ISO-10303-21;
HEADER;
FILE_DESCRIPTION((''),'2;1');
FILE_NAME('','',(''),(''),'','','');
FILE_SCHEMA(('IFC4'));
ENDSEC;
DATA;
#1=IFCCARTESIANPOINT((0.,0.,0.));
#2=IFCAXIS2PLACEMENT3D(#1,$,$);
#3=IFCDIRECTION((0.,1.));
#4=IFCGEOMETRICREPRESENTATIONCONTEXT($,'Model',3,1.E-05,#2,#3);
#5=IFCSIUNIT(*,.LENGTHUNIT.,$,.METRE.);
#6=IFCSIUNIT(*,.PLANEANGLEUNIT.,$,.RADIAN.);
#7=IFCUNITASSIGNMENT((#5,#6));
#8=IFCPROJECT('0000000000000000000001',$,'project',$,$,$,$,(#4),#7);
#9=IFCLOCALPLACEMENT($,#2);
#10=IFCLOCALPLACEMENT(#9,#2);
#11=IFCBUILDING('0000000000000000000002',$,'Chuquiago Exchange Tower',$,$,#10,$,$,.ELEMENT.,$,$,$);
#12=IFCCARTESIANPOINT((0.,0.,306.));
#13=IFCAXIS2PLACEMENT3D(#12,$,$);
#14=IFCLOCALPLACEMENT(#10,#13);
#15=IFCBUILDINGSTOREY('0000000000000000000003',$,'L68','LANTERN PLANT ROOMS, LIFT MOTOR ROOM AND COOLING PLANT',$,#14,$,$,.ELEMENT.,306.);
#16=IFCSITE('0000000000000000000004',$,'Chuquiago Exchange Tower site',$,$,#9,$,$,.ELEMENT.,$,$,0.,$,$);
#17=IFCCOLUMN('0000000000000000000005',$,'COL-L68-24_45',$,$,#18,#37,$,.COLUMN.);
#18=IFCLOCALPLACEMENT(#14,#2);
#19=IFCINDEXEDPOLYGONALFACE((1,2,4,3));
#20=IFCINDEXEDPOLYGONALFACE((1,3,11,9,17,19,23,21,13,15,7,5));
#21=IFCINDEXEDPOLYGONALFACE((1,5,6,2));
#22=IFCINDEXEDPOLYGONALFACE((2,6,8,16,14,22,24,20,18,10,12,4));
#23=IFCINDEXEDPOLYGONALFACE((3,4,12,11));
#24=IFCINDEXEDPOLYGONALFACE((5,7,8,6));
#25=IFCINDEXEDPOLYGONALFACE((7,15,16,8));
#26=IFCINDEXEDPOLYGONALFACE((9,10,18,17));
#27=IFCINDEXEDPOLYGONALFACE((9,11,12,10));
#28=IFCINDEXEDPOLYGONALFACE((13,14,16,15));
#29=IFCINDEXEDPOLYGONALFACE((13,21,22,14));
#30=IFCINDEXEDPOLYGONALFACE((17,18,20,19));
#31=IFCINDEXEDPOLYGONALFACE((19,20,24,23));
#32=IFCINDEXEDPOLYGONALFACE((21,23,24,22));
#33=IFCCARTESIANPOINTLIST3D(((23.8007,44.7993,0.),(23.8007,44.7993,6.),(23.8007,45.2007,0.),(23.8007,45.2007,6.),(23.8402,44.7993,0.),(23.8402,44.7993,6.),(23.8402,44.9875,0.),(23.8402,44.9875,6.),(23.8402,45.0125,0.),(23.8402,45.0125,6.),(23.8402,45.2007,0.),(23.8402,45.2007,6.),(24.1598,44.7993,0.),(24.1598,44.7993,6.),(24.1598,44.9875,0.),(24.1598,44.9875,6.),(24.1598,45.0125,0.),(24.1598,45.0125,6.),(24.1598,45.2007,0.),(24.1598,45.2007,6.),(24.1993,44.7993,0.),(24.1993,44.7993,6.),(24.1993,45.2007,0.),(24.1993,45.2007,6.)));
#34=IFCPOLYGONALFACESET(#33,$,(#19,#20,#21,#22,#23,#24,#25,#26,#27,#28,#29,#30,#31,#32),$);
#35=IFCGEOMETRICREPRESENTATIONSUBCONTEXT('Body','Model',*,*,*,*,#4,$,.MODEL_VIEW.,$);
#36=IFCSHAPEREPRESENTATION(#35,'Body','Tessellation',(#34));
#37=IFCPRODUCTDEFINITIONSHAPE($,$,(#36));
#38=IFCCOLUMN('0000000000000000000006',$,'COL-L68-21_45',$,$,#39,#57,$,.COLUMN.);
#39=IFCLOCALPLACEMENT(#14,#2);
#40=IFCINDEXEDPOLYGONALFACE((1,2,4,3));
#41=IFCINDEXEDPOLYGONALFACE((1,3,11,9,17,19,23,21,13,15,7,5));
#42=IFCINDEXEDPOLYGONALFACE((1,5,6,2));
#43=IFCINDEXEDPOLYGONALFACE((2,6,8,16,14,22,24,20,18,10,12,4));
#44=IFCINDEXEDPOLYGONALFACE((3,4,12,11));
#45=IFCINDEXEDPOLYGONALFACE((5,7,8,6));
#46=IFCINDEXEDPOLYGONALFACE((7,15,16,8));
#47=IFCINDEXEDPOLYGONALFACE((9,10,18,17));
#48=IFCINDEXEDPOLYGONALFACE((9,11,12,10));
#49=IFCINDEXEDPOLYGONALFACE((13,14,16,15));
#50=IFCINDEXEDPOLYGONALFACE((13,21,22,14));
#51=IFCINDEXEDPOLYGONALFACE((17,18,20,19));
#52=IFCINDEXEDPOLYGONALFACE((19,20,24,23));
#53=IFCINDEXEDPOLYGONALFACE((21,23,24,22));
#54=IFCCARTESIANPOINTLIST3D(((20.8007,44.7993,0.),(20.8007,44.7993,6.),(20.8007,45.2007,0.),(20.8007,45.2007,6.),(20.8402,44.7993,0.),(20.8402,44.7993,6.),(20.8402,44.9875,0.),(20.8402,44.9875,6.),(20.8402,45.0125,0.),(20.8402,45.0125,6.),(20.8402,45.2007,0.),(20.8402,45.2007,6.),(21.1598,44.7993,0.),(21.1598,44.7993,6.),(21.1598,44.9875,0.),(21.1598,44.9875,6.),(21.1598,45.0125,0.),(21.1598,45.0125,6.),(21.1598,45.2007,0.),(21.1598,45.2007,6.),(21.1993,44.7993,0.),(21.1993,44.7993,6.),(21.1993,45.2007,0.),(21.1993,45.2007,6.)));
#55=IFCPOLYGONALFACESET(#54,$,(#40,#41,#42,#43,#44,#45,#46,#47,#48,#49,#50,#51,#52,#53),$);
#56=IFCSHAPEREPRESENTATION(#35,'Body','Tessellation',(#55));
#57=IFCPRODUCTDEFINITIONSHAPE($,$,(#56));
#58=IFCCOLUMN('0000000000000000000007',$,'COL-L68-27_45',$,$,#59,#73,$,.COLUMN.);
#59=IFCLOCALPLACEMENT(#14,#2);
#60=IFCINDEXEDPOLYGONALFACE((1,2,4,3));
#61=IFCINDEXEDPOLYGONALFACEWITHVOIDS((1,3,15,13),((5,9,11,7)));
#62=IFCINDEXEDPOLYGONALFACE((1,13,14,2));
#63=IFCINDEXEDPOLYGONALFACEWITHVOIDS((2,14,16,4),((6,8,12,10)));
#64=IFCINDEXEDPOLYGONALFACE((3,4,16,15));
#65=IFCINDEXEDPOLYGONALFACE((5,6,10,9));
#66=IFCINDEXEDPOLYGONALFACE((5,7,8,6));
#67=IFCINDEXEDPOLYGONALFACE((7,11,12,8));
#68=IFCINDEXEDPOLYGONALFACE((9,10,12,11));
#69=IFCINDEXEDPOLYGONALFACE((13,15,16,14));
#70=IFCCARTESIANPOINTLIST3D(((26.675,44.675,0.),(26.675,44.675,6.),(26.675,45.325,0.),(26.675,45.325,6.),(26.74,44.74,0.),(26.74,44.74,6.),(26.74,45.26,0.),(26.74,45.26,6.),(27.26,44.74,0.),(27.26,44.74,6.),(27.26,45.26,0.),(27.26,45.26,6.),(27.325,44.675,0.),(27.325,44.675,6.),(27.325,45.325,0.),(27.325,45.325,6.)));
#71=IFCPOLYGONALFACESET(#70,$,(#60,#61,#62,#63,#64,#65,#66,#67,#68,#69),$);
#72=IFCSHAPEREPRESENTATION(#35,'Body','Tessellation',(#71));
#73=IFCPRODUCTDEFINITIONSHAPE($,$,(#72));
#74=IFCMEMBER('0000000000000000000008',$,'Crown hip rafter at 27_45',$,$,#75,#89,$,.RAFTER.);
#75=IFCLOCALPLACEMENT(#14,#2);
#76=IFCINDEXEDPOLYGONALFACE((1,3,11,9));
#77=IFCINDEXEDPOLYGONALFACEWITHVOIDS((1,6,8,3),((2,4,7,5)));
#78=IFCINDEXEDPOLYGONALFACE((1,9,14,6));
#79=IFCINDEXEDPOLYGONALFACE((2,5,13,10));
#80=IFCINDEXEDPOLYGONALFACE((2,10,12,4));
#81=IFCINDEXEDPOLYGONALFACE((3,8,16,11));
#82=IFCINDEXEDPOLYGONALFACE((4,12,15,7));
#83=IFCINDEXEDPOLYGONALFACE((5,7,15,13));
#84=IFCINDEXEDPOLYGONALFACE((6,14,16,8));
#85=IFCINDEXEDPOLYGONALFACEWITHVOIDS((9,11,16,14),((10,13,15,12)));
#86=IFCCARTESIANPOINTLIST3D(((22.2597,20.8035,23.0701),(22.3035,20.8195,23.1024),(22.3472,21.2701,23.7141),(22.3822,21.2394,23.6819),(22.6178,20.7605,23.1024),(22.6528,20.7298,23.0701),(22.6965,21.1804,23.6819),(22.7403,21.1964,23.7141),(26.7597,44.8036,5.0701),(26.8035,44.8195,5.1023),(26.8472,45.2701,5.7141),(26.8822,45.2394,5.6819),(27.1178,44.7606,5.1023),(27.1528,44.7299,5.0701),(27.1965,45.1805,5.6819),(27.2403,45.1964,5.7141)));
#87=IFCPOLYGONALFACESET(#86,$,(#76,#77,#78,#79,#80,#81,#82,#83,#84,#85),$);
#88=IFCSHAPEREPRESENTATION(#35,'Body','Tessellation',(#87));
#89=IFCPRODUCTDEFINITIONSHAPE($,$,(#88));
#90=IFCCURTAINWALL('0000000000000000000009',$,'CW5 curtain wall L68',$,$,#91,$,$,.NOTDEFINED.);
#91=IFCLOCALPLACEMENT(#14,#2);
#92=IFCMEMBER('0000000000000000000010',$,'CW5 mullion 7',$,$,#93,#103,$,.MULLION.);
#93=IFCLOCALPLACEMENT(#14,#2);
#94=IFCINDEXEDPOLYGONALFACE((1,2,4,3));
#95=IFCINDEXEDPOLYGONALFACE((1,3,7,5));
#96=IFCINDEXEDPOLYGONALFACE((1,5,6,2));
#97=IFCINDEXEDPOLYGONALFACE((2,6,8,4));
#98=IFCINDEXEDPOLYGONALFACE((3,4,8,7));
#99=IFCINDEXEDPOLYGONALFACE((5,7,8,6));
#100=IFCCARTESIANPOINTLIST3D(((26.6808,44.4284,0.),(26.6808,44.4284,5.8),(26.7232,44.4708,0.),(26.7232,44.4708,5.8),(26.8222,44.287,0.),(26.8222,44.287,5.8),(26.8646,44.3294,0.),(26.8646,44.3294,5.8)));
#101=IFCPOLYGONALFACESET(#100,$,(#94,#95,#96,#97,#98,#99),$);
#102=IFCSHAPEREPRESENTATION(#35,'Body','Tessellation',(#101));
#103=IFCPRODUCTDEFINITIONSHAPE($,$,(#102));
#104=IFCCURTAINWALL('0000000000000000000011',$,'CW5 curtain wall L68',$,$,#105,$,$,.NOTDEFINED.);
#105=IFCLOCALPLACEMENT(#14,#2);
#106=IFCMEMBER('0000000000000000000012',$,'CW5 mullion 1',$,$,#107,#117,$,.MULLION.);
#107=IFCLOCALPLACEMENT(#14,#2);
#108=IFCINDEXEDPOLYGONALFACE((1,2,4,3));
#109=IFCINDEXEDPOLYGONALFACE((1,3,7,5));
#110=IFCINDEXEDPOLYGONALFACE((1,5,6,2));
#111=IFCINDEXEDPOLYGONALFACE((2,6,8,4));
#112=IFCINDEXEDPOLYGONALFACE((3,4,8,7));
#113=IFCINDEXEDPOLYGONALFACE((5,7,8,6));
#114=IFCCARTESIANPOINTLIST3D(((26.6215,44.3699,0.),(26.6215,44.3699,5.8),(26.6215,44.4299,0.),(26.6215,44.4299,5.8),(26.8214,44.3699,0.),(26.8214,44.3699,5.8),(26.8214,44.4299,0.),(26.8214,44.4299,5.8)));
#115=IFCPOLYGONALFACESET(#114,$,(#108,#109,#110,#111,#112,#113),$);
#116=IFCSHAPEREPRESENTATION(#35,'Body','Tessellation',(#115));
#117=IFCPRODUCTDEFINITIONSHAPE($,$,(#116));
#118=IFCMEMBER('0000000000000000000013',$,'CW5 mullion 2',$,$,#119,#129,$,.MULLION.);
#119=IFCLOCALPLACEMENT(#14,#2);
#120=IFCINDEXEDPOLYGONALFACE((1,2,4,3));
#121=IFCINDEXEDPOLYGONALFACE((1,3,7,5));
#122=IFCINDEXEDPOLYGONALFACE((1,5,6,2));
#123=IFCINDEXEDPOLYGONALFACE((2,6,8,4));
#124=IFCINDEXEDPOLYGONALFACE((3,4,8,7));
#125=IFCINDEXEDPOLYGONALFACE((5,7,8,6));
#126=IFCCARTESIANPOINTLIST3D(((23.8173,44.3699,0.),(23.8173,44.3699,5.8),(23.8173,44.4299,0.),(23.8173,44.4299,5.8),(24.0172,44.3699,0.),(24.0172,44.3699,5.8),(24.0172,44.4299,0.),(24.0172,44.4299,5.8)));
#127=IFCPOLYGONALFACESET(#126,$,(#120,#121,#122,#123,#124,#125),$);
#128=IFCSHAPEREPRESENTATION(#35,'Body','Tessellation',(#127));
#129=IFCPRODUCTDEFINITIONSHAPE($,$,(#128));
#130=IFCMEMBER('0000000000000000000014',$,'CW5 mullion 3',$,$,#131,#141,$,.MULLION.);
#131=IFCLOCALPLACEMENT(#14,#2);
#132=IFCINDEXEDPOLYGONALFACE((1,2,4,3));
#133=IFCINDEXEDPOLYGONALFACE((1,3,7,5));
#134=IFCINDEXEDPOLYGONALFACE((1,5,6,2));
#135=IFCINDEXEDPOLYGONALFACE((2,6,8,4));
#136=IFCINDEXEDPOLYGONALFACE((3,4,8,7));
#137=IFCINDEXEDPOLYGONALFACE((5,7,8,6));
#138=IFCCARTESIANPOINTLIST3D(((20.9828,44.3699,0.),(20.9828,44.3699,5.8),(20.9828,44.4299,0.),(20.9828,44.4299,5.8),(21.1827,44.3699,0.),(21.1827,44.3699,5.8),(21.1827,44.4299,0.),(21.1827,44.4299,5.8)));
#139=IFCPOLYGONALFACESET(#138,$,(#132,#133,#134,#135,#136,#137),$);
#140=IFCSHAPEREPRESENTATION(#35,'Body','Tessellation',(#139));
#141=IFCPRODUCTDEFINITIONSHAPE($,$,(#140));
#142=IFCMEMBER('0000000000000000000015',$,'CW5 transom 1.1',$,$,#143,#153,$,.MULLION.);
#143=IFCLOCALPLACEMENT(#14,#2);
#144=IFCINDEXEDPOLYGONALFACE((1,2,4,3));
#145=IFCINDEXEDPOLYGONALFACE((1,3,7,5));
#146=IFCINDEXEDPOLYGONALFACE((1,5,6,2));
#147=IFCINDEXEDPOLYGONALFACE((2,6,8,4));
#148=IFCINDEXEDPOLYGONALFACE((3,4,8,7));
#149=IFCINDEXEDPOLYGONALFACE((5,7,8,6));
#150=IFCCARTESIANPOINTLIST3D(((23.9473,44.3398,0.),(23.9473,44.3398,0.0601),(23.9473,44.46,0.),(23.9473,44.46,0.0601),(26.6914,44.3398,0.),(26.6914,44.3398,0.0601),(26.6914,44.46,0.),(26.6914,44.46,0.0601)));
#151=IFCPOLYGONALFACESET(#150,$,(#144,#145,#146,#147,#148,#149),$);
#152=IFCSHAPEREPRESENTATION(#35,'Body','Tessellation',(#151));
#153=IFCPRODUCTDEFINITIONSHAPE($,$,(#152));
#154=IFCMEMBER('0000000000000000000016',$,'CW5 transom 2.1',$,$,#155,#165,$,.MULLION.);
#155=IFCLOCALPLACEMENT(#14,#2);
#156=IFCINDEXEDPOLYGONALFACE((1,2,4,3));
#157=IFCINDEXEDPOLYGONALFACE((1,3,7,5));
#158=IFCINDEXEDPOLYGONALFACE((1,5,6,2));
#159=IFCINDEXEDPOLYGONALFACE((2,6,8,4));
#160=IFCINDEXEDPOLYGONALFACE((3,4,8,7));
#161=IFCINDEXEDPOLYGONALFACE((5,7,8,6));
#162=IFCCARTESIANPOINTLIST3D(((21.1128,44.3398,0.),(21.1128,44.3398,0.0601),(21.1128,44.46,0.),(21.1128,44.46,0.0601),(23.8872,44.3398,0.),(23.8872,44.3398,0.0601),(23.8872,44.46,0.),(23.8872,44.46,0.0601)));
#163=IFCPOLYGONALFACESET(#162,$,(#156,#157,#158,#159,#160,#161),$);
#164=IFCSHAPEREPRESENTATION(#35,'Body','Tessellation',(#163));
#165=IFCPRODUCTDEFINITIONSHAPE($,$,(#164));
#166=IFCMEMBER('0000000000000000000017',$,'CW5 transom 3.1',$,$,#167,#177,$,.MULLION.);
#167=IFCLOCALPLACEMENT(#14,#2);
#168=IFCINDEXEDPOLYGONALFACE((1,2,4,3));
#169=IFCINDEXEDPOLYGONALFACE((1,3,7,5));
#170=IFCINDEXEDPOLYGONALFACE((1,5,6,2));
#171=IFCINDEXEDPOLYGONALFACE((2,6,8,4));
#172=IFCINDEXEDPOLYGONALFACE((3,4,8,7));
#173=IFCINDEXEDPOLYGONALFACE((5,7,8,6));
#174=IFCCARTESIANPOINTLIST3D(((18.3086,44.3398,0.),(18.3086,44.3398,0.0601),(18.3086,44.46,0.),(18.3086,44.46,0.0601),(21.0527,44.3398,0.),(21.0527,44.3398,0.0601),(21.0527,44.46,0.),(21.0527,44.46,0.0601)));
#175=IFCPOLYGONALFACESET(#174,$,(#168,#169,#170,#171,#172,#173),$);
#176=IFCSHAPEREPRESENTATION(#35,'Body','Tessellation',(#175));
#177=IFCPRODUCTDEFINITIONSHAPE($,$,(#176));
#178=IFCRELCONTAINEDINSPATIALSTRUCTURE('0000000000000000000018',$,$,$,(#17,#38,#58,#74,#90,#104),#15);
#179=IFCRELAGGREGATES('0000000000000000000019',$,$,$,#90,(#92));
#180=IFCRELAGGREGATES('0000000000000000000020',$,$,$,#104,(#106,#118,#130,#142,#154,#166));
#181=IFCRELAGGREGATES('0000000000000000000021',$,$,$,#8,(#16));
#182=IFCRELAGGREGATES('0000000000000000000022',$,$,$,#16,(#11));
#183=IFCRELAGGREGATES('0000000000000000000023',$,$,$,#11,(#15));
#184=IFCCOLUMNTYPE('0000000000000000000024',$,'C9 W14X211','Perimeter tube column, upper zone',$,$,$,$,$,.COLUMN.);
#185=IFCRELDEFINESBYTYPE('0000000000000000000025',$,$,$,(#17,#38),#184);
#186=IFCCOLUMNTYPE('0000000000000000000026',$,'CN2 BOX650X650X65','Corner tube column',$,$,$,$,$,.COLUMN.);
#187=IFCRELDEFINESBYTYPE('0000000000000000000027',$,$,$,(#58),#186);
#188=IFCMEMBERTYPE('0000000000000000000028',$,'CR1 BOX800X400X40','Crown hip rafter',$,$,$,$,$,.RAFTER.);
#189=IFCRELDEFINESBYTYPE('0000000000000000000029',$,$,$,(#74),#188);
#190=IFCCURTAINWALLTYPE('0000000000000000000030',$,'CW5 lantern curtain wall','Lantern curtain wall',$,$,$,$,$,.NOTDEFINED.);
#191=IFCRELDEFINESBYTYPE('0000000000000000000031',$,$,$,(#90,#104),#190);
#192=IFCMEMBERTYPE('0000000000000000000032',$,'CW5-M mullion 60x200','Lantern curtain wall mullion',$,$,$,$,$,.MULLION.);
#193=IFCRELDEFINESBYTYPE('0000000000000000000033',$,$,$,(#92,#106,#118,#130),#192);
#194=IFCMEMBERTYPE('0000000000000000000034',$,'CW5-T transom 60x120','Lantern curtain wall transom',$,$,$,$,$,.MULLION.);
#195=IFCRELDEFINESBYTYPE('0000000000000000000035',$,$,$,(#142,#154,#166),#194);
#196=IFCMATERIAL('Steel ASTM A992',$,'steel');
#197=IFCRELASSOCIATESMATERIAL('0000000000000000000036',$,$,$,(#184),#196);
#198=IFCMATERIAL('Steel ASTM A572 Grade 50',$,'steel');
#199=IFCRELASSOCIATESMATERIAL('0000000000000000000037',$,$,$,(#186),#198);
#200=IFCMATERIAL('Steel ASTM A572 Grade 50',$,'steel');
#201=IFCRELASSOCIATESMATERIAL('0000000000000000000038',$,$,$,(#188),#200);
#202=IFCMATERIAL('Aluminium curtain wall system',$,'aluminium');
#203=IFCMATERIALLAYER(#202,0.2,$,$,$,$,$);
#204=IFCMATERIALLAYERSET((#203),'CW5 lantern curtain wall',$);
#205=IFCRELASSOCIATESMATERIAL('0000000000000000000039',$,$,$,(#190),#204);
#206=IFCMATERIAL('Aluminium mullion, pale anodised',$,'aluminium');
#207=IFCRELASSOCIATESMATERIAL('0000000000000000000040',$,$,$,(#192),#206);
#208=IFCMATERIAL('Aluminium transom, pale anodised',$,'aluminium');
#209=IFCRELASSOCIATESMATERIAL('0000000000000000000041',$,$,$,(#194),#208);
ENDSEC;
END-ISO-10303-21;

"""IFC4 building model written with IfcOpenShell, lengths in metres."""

from ifc_helpers import new_model, si_unit, direction, frame, origin, origin_2d, place, context, subcontext, project, spatial, rectangle, hollow_rectangle, i_section, extrude, material, layer, layer_set, material_profile, profile_set, type_object, element, aggregate, save


model = new_model("IFC4")

# Units and contexts
model_context = context("Model", 3, precision=1e-05, world=origin(), true_north=direction((0.0, 1.0)))
body_context = subcontext(model_context, "Body", "Model", "MODEL_VIEW")
ifc_project = project(units=[si_unit("LENGTHUNIT", "METRE"), si_unit("PLANEANGLEUNIT", "RADIAN")], contexts=[model_context])

# Site, building, storey
site_placement = place(None, origin())
site = spatial("IfcSite", under=ifc_project, at=site_placement, Name="Chuquiago Exchange Tower site", CompositionType="ELEMENT", RefElevation=0.0)
building_placement = place(site_placement, origin())
building = spatial("IfcBuilding", under=site, at=building_placement, Name="Chuquiago Exchange Tower", CompositionType="ELEMENT")
storey_placement = place(building_placement, frame((0.0, 0.0, 306.0)))
storey = spatial("IfcBuildingStorey", under=building, at=storey_placement, Name="L68", Description="LANTERN PLANT ROOMS, LIFT MOTOR ROOM AND COOLING PLANT", CompositionType="ELEMENT", Elevation=306.0)

# Columns
ifc_material_1 = material(Name="Steel ASTM A992", Category="steel")
ifc_material_profile_1 = material_profile(ifc_material_1, i_section(OverallWidth=0.4014, OverallDepth=0.3987, WebThickness=0.0249, FlangeThickness=0.0396, at=origin_2d()), Name="W14X211")
ifc_profile_set_1 = profile_set([ifc_material_profile_1], Name="Steel ASTM A992")
column_type_1 = type_object("IfcColumnType", Name="C9 W14X211", Description="Perimeter tube column, upper zone", PredefinedType="COLUMN", material=ifc_profile_set_1)
for number, where, z_axis, x_axis, name in (
    (1, (24.0, 45.0, 0.0), (0.0, 0.0, 1.0), (0.0, 1.0, 0.0), "COL-L68-24_45"),
    (2, (21.0, 45.0, 0.0), (0.0, 0.0, 1.0), (0.0, 1.0, 0.0), "COL-L68-21_45"),
):
    element("IfcColumn", number, at=place(storey_placement, frame(where, z_axis=z_axis, x_axis=x_axis)), inside=storey, type_object=column_type_1, Name=name, PredefinedType="COLUMN", context=body_context, shape_type="SweptSolid", body=[
        extrude(i_section(OverallWidth=0.4014, OverallDepth=0.3987, WebThickness=0.0249, FlangeThickness=0.0396, at=origin_2d()), origin(), (0.0, 0.0, 1.0), 6.0),
    ])
ifc_material_2 = material(Name="Steel ASTM A572 Grade 50", Category="steel")
ifc_material_profile_2 = material_profile(ifc_material_2, hollow_rectangle(XDim=0.6499, YDim=0.6499, WallThickness=0.0649, at=origin_2d()), Name="BOX650X650X65")
ifc_profile_set_2 = profile_set([ifc_material_profile_2], Name="Steel ASTM A572 Grade 50")
column_type_2 = type_object("IfcColumnType", Name="CN2 BOX650X650X65", Description="Corner tube column", PredefinedType="COLUMN", material=ifc_profile_set_2)
column_placement = place(storey_placement, frame((27.0, 45.0, 0.0), z_axis=(0.0, 0.0, 1.0), x_axis=(0.0, 1.0, 0.0)))
element("IfcColumn", 3, at=column_placement, inside=storey, type_object=column_type_2, Name="COL-L68-27_45", PredefinedType="COLUMN", context=body_context, shape_type="SweptSolid", body=[
    extrude(hollow_rectangle(XDim=0.6499, YDim=0.6499, WallThickness=0.0649, at=origin_2d()), origin(), (0.0, 0.0, 1.0), 6.0),
])

# Member
ifc_material_3 = material(Name="Steel ASTM A572 Grade 50", Category="steel")
ifc_material_profile_3 = material_profile(ifc_material_3, hollow_rectangle(XDim=0.3999, YDim=0.8, WallThickness=0.04, at=origin_2d()), Name="BOX800X400X40")
ifc_profile_set_3 = profile_set([ifc_material_profile_3], Name="Steel ASTM A572 Grade 50")
member_type_1 = type_object("IfcMemberType", Name="CR1 BOX800X400X40", Description="Crown hip rafter", PredefinedType="RAFTER", material=ifc_profile_set_3)
member_1_placement = place(storey_placement, frame((27.0, 45.0, 5.3921), z_axis=(-0.14834, -0.791149, 0.593362), x_axis=(0.982872, -0.184289, 0.0)))
element("IfcMember", 4, at=member_1_placement, inside=storey, type_object=member_type_1, Name="Crown hip rafter at 27_45", PredefinedType="RAFTER", context=body_context, shape_type="SweptSolid", body=[
    extrude(hollow_rectangle(XDim=0.3999, YDim=0.8, WallThickness=0.04, at=origin_2d()), origin(), (0.0, 0.0, 1.0), 30.3357),
])

# Curtain wall, member
ifc_material_4 = material(Name="Aluminium curtain wall system", Category="aluminium")
ifc_layer_1 = layer(ifc_material_4, 0.2)
ifc_layer_set_1 = layer_set([ifc_layer_1], Name="CW5 lantern curtain wall")
curtain_wall_type = type_object("IfcCurtainWallType", Name="CW5 lantern curtain wall", Description="Lantern curtain wall", PredefinedType="NOTDEFINED", material=ifc_layer_set_1)
curtain_wall_1_placement = place(storey_placement, origin())
curtain_wall_1 = element("IfcCurtainWall", 5, at=curtain_wall_1_placement, inside=storey, type_object=curtain_wall_type, Name="CW5 curtain wall L68", PredefinedType="NOTDEFINED")
ifc_material_5 = material(Name="Aluminium mullion, pale anodised", Category="aluminium")
ifc_material_profile_4 = material_profile(ifc_material_5, rectangle(XDim=0.0601, YDim=0.2, at=origin_2d()), Name="AL 60x200")
ifc_profile_set_4 = profile_set([ifc_material_profile_4], Name="Aluminium mullion, pale anodised")
member_type_2 = type_object("IfcMemberType", Name="CW5-M mullion 60x200", Description="Lantern curtain wall mullion", PredefinedType="MULLION", material=ifc_profile_set_4)
member_2_placement = place(storey_placement, frame((26.7727, 44.3789, 0.0), z_axis=(0.0, 0.0, 1.0), x_axis=(-0.707109, -0.707105, 0.0)))
member_2 = element("IfcMember", 6, at=member_2_placement, type_object=member_type_2, Name="CW5 mullion 7", PredefinedType="MULLION", context=body_context, shape_type="SweptSolid", body=[
    extrude(rectangle(XDim=0.0601, YDim=0.2, at=origin_2d()), origin(), (0.0, 0.0, 1.0), 5.8),
])

# Curtain wall, members
curtain_wall_2_placement = place(storey_placement, origin())
curtain_wall_2 = element("IfcCurtainWall", 7, at=curtain_wall_2_placement, inside=storey, type_object=curtain_wall_type, Name="CW5 curtain wall L68", PredefinedType="NOTDEFINED")
member_3_placement = place(storey_placement, frame((26.7214, 44.3999, 0.0), z_axis=(0.0, 0.0, 1.0), x_axis=(0.0, -1.0, 0.0)))
member_3 = element("IfcMember", 8, at=member_3_placement, type_object=member_type_2, Name="CW5 mullion 1", PredefinedType="MULLION", context=body_context, shape_type="SweptSolid", body=[
    extrude(rectangle(XDim=0.0601, YDim=0.2, at=origin_2d()), origin(), (0.0, 0.0, 1.0), 5.8),
])
member_4_placement = place(storey_placement, frame((23.9172, 44.3999, 0.0), z_axis=(0.0, 0.0, 1.0), x_axis=(0.0, -1.0, 0.0)))
member_4 = element("IfcMember", 9, at=member_4_placement, type_object=member_type_2, Name="CW5 mullion 2", PredefinedType="MULLION", context=body_context, shape_type="SweptSolid", body=[
    extrude(rectangle(XDim=0.0601, YDim=0.2, at=origin_2d()), origin(), (0.0, 0.0, 1.0), 5.8),
])
member_5_placement = place(storey_placement, frame((21.0828, 44.3999, 0.0), z_axis=(0.0, 0.0, 1.0), x_axis=(0.0, -1.0, 0.0)))
member_5 = element("IfcMember", 10, at=member_5_placement, type_object=member_type_2, Name="CW5 mullion 3", PredefinedType="MULLION", context=body_context, shape_type="SweptSolid", body=[
    extrude(rectangle(XDim=0.0601, YDim=0.2, at=origin_2d()), origin(), (0.0, 0.0, 1.0), 5.8),
])
ifc_material_6 = material(Name="Aluminium transom, pale anodised", Category="aluminium")
ifc_material_profile_5 = material_profile(ifc_material_6, rectangle(XDim=0.1201, YDim=0.0601, at=origin_2d()), Name="AL 120x60")
ifc_profile_set_5 = profile_set([ifc_material_profile_5], Name="Aluminium transom, pale anodised")
member_type_3 = type_object("IfcMemberType", Name="CW5-T transom 60x120", Description="Lantern curtain wall transom", PredefinedType="MULLION", material=ifc_profile_set_5)
member_6_placement = place(storey_placement, frame((26.6914, 44.3999, 0.03), z_axis=(-1.0, 0.0, 0.0), x_axis=(0.0, -1.0, 0.0)))
member_6 = element("IfcMember", 11, at=member_6_placement, type_object=member_type_3, Name="CW5 transom 1.1", PredefinedType="MULLION", context=body_context, shape_type="SweptSolid", body=[
    extrude(rectangle(XDim=0.1201, YDim=0.0601, at=origin_2d()), origin(), (0.0, 0.0, 1.0), 2.7441),
])
member_7_placement = place(storey_placement, frame((23.8872, 44.3999, 0.03), z_axis=(-1.0, 0.0, 0.0), x_axis=(0.0, -1.0, 0.0)))
member_7 = element("IfcMember", 12, at=member_7_placement, type_object=member_type_3, Name="CW5 transom 2.1", PredefinedType="MULLION", context=body_context, shape_type="SweptSolid", body=[
    extrude(rectangle(XDim=0.1201, YDim=0.0601, at=origin_2d()), origin(), (0.0, 0.0, 1.0), 2.7744),
])
member_8_placement = place(storey_placement, frame((21.0527, 44.3999, 0.03), z_axis=(-1.0, 0.0, 0.0), x_axis=(0.0, -1.0, 0.0)))
member_8 = element("IfcMember", 13, at=member_8_placement, type_object=member_type_3, Name="CW5 transom 3.1", PredefinedType="MULLION", context=body_context, shape_type="SweptSolid", body=[
    extrude(rectangle(XDim=0.1201, YDim=0.0601, at=origin_2d()), origin(), (0.0, 0.0, 1.0), 2.7441),
])

aggregate(curtain_wall_1, [member_2])
aggregate(curtain_wall_2, [member_3, member_4, member_5, member_6, member_7, member_8])

save(model, "model.ifc")
